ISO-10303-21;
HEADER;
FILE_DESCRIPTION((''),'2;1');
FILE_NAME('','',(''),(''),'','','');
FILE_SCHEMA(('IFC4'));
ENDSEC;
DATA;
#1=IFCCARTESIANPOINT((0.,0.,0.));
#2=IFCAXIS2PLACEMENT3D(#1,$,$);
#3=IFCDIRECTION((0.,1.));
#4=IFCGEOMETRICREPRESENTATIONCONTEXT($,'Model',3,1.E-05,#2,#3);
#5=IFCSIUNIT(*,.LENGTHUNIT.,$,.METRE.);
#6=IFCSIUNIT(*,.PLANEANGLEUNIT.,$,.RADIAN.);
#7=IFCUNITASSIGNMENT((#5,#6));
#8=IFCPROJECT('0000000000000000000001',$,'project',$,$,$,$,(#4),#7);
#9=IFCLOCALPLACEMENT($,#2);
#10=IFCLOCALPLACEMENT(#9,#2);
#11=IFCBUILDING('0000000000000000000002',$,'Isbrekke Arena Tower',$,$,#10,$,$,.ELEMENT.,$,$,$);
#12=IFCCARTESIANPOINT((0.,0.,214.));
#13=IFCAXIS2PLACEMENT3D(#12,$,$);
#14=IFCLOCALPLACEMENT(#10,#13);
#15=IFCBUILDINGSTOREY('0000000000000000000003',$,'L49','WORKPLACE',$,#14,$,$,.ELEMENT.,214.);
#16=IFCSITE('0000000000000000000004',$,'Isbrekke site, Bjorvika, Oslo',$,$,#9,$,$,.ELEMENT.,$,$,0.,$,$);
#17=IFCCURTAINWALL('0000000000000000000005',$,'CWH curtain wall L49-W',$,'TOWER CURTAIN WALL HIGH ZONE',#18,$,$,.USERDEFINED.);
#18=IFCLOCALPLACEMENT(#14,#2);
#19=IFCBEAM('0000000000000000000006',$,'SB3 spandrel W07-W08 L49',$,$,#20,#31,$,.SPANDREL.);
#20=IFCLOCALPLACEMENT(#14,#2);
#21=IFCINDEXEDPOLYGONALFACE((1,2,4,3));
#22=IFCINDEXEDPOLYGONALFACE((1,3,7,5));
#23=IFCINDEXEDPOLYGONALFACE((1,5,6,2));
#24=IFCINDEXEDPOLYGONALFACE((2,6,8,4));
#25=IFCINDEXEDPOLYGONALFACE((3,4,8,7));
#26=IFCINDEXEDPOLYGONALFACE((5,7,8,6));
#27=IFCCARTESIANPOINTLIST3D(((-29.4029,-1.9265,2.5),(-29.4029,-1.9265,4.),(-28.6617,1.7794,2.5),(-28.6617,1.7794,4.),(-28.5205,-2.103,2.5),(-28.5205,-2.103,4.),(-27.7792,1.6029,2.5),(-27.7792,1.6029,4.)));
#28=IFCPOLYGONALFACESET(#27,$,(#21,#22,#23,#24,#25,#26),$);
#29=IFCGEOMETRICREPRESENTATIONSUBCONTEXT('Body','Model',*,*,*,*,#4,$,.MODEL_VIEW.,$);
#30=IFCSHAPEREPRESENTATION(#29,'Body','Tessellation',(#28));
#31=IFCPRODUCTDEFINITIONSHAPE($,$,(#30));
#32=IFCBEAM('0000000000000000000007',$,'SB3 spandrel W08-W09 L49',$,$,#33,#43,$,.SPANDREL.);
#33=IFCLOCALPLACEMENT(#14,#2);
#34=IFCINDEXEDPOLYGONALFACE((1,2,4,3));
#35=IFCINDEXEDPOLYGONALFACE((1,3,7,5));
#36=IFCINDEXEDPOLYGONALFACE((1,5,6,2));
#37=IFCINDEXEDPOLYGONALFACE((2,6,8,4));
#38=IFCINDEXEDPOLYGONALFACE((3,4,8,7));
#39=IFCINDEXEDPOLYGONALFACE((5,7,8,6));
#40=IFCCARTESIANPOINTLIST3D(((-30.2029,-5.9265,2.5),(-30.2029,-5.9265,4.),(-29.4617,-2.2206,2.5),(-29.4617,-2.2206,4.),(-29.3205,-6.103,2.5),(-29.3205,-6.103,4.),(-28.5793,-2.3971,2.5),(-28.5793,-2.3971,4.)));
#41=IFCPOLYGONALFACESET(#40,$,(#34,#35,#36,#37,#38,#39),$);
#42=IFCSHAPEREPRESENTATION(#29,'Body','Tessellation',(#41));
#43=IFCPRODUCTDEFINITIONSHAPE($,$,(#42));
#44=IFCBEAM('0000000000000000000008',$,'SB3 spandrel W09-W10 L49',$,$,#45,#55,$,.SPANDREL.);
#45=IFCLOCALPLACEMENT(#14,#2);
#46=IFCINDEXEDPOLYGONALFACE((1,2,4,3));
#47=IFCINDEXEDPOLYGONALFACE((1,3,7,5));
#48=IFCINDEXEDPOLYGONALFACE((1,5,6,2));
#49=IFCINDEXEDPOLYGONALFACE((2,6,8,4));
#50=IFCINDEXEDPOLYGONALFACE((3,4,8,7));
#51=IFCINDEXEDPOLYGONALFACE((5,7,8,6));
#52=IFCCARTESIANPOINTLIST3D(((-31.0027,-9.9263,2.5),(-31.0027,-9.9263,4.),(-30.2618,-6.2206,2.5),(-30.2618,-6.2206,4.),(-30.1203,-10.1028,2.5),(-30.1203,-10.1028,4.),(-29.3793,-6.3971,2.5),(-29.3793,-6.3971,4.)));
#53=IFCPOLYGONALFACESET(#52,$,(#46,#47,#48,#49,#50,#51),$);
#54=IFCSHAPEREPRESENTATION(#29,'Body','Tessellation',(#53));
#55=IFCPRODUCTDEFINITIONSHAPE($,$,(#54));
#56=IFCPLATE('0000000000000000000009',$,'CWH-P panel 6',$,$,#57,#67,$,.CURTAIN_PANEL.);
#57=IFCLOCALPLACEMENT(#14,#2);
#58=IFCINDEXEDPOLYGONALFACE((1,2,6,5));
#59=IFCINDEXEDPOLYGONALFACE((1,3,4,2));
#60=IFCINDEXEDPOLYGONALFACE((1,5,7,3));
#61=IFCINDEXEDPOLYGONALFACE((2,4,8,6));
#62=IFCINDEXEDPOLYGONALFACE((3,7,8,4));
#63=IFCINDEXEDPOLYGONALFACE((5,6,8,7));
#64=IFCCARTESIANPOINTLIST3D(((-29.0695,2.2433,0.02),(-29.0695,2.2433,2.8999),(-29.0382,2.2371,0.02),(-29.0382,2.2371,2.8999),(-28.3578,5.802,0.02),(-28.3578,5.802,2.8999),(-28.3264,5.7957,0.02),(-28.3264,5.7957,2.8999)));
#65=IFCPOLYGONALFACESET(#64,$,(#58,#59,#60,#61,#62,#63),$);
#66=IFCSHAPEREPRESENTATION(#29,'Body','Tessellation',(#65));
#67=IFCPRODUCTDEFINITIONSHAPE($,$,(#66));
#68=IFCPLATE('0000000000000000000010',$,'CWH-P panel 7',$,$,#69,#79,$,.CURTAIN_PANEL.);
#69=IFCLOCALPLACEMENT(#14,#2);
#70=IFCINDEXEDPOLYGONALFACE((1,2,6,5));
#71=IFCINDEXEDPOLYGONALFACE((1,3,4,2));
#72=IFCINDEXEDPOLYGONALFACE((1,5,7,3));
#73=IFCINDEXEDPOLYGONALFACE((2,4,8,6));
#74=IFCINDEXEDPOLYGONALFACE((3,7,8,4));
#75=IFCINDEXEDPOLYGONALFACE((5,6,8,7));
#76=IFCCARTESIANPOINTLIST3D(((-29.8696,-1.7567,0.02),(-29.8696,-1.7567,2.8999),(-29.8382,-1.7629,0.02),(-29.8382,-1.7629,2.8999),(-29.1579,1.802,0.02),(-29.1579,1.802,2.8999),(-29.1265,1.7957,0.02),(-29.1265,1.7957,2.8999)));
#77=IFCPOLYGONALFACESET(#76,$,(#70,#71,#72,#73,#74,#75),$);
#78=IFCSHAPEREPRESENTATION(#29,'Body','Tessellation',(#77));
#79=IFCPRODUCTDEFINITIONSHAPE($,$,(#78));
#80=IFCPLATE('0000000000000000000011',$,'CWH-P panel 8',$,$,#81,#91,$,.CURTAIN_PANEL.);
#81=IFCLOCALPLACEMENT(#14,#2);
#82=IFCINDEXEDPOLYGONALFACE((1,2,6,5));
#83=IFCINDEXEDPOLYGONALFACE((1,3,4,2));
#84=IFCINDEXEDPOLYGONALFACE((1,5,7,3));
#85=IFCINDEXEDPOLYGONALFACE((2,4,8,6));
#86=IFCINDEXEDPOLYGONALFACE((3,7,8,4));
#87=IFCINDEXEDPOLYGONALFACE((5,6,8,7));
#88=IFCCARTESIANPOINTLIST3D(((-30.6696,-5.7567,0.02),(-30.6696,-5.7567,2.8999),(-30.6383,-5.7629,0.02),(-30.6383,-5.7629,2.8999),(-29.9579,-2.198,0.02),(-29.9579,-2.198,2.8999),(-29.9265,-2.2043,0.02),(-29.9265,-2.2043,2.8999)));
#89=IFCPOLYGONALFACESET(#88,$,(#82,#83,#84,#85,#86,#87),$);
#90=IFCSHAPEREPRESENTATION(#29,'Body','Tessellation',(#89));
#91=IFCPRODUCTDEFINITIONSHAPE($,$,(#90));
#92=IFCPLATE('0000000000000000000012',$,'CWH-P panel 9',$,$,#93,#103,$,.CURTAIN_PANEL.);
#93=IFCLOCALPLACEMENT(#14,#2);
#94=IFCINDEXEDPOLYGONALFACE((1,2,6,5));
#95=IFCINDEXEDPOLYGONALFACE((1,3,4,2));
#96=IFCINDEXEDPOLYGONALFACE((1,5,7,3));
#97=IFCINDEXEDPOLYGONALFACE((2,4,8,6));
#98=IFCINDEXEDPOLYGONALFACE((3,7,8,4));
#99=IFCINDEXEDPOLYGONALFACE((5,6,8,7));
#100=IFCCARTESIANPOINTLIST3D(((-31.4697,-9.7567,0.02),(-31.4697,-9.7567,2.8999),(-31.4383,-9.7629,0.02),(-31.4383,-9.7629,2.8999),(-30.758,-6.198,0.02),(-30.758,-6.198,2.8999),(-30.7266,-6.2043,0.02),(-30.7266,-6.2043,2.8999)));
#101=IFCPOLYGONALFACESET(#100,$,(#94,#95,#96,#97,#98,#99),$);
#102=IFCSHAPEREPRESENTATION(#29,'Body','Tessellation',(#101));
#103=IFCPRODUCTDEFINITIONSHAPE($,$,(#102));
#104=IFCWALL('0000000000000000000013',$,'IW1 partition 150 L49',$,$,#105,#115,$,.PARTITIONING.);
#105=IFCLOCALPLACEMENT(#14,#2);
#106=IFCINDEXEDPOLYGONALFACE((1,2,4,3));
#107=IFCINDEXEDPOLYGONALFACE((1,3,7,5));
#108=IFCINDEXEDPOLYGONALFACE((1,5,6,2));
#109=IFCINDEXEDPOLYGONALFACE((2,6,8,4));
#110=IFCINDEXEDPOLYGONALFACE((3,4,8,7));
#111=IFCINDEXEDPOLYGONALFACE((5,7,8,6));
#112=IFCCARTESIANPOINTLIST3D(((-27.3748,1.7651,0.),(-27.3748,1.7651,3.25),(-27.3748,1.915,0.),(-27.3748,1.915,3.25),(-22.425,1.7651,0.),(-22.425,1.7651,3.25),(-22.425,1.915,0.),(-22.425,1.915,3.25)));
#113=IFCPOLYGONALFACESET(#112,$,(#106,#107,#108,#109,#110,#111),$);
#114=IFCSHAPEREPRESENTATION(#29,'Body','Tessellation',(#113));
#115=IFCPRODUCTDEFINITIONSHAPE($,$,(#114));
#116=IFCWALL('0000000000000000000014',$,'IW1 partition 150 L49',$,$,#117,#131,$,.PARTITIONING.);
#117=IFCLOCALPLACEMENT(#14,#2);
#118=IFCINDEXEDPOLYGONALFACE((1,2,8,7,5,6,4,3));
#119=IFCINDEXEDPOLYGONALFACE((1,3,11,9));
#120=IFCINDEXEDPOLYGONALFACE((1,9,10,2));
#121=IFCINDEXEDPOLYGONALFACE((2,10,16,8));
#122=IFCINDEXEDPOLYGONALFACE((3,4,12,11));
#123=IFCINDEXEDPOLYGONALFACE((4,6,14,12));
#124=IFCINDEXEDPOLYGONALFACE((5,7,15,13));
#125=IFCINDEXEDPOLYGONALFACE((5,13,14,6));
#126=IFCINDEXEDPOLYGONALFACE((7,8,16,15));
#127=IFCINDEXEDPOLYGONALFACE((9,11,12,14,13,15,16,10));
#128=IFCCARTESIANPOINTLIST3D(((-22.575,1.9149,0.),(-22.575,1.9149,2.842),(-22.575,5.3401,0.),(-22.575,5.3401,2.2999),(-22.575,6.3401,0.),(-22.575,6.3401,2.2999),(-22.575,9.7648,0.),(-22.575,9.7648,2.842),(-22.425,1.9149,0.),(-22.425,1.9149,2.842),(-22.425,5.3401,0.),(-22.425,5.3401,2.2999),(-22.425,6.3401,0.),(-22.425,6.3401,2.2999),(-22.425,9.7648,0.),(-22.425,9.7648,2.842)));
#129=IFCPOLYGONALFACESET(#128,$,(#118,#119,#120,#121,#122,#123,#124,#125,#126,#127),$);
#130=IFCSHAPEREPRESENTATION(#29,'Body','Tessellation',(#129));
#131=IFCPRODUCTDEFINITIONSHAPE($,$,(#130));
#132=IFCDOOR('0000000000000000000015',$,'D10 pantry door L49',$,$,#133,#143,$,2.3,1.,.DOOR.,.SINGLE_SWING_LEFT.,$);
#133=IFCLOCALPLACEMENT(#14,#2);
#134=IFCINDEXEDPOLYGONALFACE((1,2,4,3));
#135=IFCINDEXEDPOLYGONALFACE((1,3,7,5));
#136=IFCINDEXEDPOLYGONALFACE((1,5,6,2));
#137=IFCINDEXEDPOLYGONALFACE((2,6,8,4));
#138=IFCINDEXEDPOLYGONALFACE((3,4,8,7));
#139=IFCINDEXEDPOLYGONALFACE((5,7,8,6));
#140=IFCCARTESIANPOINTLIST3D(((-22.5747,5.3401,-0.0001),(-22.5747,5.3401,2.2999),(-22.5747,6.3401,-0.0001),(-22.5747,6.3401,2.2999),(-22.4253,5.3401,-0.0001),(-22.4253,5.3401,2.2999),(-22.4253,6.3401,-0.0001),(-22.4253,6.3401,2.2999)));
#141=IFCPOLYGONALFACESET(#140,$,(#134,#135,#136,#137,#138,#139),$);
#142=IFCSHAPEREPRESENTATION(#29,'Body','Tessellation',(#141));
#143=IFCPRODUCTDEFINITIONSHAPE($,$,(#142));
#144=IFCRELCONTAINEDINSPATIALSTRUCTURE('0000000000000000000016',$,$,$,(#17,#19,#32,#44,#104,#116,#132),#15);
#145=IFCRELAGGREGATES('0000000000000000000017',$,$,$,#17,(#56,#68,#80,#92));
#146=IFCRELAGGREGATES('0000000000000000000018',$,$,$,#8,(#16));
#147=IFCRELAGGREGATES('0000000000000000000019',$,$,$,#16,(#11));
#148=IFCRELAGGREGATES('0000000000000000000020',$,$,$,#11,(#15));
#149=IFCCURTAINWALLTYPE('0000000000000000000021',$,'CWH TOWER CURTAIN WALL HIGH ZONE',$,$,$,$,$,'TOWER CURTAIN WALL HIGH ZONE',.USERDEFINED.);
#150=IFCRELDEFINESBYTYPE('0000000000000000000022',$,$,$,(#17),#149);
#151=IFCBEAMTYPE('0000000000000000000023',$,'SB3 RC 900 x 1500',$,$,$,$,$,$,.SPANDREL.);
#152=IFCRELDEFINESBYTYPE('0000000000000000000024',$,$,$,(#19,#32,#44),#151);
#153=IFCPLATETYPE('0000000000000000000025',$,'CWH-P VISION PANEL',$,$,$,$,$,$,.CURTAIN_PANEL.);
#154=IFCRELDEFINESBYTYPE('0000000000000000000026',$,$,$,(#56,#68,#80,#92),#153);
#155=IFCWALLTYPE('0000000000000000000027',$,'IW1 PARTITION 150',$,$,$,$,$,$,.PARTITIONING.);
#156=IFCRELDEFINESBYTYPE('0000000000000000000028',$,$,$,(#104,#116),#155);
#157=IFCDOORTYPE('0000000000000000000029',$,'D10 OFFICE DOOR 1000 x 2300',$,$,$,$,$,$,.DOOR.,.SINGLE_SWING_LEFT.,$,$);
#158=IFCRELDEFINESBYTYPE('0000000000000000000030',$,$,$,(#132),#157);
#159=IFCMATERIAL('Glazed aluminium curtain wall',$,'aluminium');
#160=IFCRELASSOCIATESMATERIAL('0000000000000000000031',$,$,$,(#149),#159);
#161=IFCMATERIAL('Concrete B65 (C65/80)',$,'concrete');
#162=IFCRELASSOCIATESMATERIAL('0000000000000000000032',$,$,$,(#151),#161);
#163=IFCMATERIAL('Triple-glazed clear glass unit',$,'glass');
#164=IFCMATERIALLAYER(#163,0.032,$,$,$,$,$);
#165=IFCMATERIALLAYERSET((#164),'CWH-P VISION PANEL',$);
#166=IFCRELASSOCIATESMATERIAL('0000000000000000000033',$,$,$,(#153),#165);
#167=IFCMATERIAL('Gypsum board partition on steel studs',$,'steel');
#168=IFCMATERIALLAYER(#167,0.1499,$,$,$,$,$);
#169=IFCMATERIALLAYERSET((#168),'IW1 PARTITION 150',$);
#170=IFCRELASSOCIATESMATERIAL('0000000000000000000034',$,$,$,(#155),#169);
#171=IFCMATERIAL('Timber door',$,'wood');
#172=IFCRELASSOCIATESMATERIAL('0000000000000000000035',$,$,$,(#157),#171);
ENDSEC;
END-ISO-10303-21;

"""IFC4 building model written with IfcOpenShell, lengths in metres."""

from ifc_helpers import new_model, si_unit, direction, frame, frame_2d, origin, origin_2d, place, context, subcontext, project, spatial, rectangle, extrude, material, layer, layer_set, material_profile, profile_set, type_object, element, fill, aggregate, save


model = new_model("IFC4")

# Units and contexts
model_context = context("Model", 3, precision=1e-05, world=origin(), true_north=direction((0.0, 1.0)))
body_context = subcontext(model_context, "Body", "Model", "MODEL_VIEW")
ifc_project = project(units=[si_unit("LENGTHUNIT", "METRE"), si_unit("PLANEANGLEUNIT", "RADIAN")], contexts=[model_context])

# Site, building, storey
site_placement = place(None, origin())
site = spatial("IfcSite", under=ifc_project, at=site_placement, Name="Isbrekke site, Bjorvika, Oslo", CompositionType="ELEMENT", RefElevation=0.0)
building_placement = place(site_placement, origin())
building = spatial("IfcBuilding", under=site, at=building_placement, Name="Isbrekke Arena Tower", CompositionType="ELEMENT")
storey_placement = place(building_placement, frame((0.0, 0.0, 214.0)))
storey = spatial("IfcBuildingStorey", under=building, at=storey_placement, Name="L49", Description="WORKPLACE", CompositionType="ELEMENT", Elevation=214.0)

# Curtain wall
ifc_material_1 = material(Name="Glazed aluminium curtain wall", Category="aluminium")
curtain_wall_type = type_object("IfcCurtainWallType", Name="CWH TOWER CURTAIN WALL HIGH ZONE", ElementType="TOWER CURTAIN WALL HIGH ZONE", PredefinedType="USERDEFINED", material=ifc_material_1)
curtain_wall_placement = place(storey_placement, origin())
curtain_wall = element("IfcCurtainWall", 1, at=curtain_wall_placement, inside=storey, type_object=curtain_wall_type, Name="CWH curtain wall L49-W", ObjectType="TOWER CURTAIN WALL HIGH ZONE", PredefinedType="USERDEFINED")

# Beams
ifc_material_2 = material(Name="Concrete B65 (C65/80)", Category="concrete")
ifc_material_profile_1 = material_profile(ifc_material_2, rectangle(XDim=0.8999, YDim=1.5, at=origin_2d()), Name="RC 900x1500")
ifc_profile_set_1 = profile_set([ifc_material_profile_1], Name="Concrete B65 (C65/80)")
beam_type_1 = type_object("IfcBeamType", Name="SB3 RC 900 x 1500", PredefinedType="SPANDREL", material=ifc_profile_set_1)
for number, where, z_axis, x_axis, name in (
    (2, (-28.2205, 1.6912, 3.25), (-0.196129, -0.980578, 0.0), (0.980578, -0.196129, 0.0), "SB3 spandrel W07-W08 L49"),
    (3, (-29.0205, -2.3088, 3.25), (-0.196129, -0.980578, 0.0), (0.980578, -0.196129, 0.0), "SB3 spandrel W08-W09 L49"),
):
    element("IfcBeam", number, at=place(storey_placement, frame(where, z_axis=z_axis, x_axis=x_axis)), inside=storey, type_object=beam_type_1, Name=name, PredefinedType="SPANDREL", context=body_context, shape_type="SweptSolid", body=[
        extrude(rectangle(XDim=0.8999, YDim=1.5, at=origin_2d()), origin(), (0.0, 0.0, 1.0), 3.7793),
    ])
beam_1_placement = place(storey_placement, frame((-29.8206, -6.3088, 3.25), z_axis=(-0.196066, -0.980591, 0.0), x_axis=(0.980591, -0.196066, 0.0)))
element("IfcBeam", 4, at=beam_1_placement, inside=storey, type_object=beam_type_1, Name="SB3 spandrel W09-W10 L49", PredefinedType="SPANDREL", context=body_context, shape_type="SweptSolid", body=[
    extrude(rectangle(XDim=0.8999, YDim=1.5, at=origin_2d()), origin(), (0.0, 0.0, 1.0), 3.7791),
])

# Plates
ifc_material_3 = material(Name="Triple-glazed clear glass unit", Category="glass")
ifc_layer_1 = layer(ifc_material_3, 0.032)
ifc_layer_set_1 = layer_set([ifc_layer_1], Name="CWH-P VISION PANEL")
plate_type = type_object("IfcPlateType", Name="CWH-P VISION PANEL", PredefinedType="CURTAIN_PANEL", material=ifc_layer_set_1)
plate_1_placement = place(storey_placement, frame((-28.698, 4.0195, 0.02), z_axis=(0.0, 0.0, 1.0), x_axis=(-0.196116, -0.980581, 0.0)))
plate_1 = element("IfcPlate", 5, at=plate_1_placement, type_object=plate_type, Name="CWH-P panel 6", PredefinedType="CURTAIN_PANEL", context=body_context, shape_type="SweptSolid", body=[
    extrude(rectangle(XDim=3.6292, YDim=0.032, at=origin_2d()), origin(), (0.0, 0.0, 1.0), 2.8799),
])
plate_2_placement = place(storey_placement, frame((-29.498, 0.0195, 0.02), z_axis=(0.0, 0.0, 1.0), x_axis=(-0.196116, -0.980581, 0.0)))
plate_2 = element("IfcPlate", 6, at=plate_2_placement, type_object=plate_type, Name="CWH-P panel 7", PredefinedType="CURTAIN_PANEL", context=body_context, shape_type="SweptSolid", body=[
    extrude(rectangle(XDim=3.6292, YDim=0.032, at=origin_2d()), origin(), (0.0, 0.0, 1.0), 2.8799),
])
plate_3_placement = place(storey_placement, frame((-30.2981, -3.9805, 0.02), z_axis=(0.0, 0.0, 1.0), x_axis=(-0.196116, -0.980581, 0.0)))
plate_3 = element("IfcPlate", 7, at=plate_3_placement, type_object=plate_type, Name="CWH-P panel 8", PredefinedType="CURTAIN_PANEL", context=body_context, shape_type="SweptSolid", body=[
    extrude(rectangle(XDim=3.6292, YDim=0.032, at=origin_2d()), origin(), (0.0, 0.0, 1.0), 2.8799),
])
plate_4_placement = place(storey_placement, frame((-31.0981, -7.9805, 0.02), z_axis=(0.0, 0.0, 1.0), x_axis=(-0.196116, -0.980581, 0.0)))
plate_4 = element("IfcPlate", 8, at=plate_4_placement, type_object=plate_type, Name="CWH-P panel 9", PredefinedType="CURTAIN_PANEL", context=body_context, shape_type="SweptSolid", body=[
    extrude(rectangle(XDim=3.6292, YDim=0.032, at=origin_2d()), origin(), (0.0, 0.0, 1.0), 2.8799),
])
aggregate(curtain_wall, [plate_1, plate_2, plate_3, plate_4])

# Wall
ifc_material_4 = material(Name="Gypsum board partition on steel studs", Category="steel")
ifc_layer_2 = layer(ifc_material_4, 0.1499)
ifc_layer_set_2 = layer_set([ifc_layer_2], Name="IW1 PARTITION 150")
wall_type = type_object("IfcWallType", Name="IW1 PARTITION 150", PredefinedType="PARTITIONING", material=ifc_layer_set_2)
wall_1_placement = place(storey_placement, frame((-27.3748, 1.8401, 0.0), z_axis=(0.0, 0.0, 1.0), x_axis=(1.0, 0.0, 0.0)))
element("IfcWall", 9, at=wall_1_placement, inside=storey, type_object=wall_type, Name="IW1 partition 150 L49", PredefinedType="PARTITIONING", context=body_context, shape_type="SweptSolid", body=[
    extrude(rectangle(XDim=4.9497, YDim=0.1499, at=frame_2d((2.4749, 0.0))), origin(), (0.0, 0.0, 1.0), 3.25),
])

# Wall, opening, door
wall_2_placement = place(storey_placement, frame((-22.5, 1.915, 0.0), z_axis=(0.0, 0.0, 1.0), x_axis=(0.0, 1.0, 0.0)))
wall_2 = element("IfcWall", 10, at=wall_2_placement, inside=storey, type_object=wall_type, Name="IW1 partition 150 L49", PredefinedType="PARTITIONING", context=body_context, shape_type="SweptSolid", body=[
    extrude(rectangle(XDim=7.8499, YDim=0.1499, at=frame_2d((3.9248, 0.0))), origin(), (0.0, 0.0, 1.0), 2.842),
])
opening_placement = place(wall_2_placement, frame((3.425, 0.0, 0.0)))
opening = element("IfcOpeningElement", 11, at=opening_placement, cuts=wall_2, PredefinedType="OPENING", context=body_context, shape_type="SweptSolid", body=[
    extrude(rectangle(XDim=1.0, YDim=2.3, at=frame_2d((0.5, 1.1499))), frame((0.0, 0.0898, 0.0), z_axis=(0.0, -1.0, 0.0), x_axis=(1.0, 0.0, 0.0)), (0.0, 0.0, 1.0), 0.1797),
])
ifc_material_5 = material(Name="Timber door", Category="wood")
door_type = type_object("IfcDoorType", Name="D10 OFFICE DOOR 1000 x 2300", OperationType="SINGLE_SWING_LEFT", PredefinedType="DOOR", material=ifc_material_5)
door_placement = place(opening_placement, origin())
door = element("IfcDoor", 12, at=door_placement, inside=storey, type_object=door_type, Name="D10 pantry door L49", OperationType="SINGLE_SWING_LEFT", OverallHeight=2.3, OverallWidth=1.0, PredefinedType="DOOR", context=body_context, shape_type="SweptSolid", body=[
    extrude(rectangle(XDim=1.0, YDim=2.3, at=frame_2d((0.5, 1.1499))), frame((0.0, 0.0747, 0.0), z_axis=(0.0, -1.0, 0.0), x_axis=(1.0, 0.0, 0.0)), (0.0, 0.0, 1.0), 0.1494),
])
fill(opening, door)

save(model, "model.ifc")
